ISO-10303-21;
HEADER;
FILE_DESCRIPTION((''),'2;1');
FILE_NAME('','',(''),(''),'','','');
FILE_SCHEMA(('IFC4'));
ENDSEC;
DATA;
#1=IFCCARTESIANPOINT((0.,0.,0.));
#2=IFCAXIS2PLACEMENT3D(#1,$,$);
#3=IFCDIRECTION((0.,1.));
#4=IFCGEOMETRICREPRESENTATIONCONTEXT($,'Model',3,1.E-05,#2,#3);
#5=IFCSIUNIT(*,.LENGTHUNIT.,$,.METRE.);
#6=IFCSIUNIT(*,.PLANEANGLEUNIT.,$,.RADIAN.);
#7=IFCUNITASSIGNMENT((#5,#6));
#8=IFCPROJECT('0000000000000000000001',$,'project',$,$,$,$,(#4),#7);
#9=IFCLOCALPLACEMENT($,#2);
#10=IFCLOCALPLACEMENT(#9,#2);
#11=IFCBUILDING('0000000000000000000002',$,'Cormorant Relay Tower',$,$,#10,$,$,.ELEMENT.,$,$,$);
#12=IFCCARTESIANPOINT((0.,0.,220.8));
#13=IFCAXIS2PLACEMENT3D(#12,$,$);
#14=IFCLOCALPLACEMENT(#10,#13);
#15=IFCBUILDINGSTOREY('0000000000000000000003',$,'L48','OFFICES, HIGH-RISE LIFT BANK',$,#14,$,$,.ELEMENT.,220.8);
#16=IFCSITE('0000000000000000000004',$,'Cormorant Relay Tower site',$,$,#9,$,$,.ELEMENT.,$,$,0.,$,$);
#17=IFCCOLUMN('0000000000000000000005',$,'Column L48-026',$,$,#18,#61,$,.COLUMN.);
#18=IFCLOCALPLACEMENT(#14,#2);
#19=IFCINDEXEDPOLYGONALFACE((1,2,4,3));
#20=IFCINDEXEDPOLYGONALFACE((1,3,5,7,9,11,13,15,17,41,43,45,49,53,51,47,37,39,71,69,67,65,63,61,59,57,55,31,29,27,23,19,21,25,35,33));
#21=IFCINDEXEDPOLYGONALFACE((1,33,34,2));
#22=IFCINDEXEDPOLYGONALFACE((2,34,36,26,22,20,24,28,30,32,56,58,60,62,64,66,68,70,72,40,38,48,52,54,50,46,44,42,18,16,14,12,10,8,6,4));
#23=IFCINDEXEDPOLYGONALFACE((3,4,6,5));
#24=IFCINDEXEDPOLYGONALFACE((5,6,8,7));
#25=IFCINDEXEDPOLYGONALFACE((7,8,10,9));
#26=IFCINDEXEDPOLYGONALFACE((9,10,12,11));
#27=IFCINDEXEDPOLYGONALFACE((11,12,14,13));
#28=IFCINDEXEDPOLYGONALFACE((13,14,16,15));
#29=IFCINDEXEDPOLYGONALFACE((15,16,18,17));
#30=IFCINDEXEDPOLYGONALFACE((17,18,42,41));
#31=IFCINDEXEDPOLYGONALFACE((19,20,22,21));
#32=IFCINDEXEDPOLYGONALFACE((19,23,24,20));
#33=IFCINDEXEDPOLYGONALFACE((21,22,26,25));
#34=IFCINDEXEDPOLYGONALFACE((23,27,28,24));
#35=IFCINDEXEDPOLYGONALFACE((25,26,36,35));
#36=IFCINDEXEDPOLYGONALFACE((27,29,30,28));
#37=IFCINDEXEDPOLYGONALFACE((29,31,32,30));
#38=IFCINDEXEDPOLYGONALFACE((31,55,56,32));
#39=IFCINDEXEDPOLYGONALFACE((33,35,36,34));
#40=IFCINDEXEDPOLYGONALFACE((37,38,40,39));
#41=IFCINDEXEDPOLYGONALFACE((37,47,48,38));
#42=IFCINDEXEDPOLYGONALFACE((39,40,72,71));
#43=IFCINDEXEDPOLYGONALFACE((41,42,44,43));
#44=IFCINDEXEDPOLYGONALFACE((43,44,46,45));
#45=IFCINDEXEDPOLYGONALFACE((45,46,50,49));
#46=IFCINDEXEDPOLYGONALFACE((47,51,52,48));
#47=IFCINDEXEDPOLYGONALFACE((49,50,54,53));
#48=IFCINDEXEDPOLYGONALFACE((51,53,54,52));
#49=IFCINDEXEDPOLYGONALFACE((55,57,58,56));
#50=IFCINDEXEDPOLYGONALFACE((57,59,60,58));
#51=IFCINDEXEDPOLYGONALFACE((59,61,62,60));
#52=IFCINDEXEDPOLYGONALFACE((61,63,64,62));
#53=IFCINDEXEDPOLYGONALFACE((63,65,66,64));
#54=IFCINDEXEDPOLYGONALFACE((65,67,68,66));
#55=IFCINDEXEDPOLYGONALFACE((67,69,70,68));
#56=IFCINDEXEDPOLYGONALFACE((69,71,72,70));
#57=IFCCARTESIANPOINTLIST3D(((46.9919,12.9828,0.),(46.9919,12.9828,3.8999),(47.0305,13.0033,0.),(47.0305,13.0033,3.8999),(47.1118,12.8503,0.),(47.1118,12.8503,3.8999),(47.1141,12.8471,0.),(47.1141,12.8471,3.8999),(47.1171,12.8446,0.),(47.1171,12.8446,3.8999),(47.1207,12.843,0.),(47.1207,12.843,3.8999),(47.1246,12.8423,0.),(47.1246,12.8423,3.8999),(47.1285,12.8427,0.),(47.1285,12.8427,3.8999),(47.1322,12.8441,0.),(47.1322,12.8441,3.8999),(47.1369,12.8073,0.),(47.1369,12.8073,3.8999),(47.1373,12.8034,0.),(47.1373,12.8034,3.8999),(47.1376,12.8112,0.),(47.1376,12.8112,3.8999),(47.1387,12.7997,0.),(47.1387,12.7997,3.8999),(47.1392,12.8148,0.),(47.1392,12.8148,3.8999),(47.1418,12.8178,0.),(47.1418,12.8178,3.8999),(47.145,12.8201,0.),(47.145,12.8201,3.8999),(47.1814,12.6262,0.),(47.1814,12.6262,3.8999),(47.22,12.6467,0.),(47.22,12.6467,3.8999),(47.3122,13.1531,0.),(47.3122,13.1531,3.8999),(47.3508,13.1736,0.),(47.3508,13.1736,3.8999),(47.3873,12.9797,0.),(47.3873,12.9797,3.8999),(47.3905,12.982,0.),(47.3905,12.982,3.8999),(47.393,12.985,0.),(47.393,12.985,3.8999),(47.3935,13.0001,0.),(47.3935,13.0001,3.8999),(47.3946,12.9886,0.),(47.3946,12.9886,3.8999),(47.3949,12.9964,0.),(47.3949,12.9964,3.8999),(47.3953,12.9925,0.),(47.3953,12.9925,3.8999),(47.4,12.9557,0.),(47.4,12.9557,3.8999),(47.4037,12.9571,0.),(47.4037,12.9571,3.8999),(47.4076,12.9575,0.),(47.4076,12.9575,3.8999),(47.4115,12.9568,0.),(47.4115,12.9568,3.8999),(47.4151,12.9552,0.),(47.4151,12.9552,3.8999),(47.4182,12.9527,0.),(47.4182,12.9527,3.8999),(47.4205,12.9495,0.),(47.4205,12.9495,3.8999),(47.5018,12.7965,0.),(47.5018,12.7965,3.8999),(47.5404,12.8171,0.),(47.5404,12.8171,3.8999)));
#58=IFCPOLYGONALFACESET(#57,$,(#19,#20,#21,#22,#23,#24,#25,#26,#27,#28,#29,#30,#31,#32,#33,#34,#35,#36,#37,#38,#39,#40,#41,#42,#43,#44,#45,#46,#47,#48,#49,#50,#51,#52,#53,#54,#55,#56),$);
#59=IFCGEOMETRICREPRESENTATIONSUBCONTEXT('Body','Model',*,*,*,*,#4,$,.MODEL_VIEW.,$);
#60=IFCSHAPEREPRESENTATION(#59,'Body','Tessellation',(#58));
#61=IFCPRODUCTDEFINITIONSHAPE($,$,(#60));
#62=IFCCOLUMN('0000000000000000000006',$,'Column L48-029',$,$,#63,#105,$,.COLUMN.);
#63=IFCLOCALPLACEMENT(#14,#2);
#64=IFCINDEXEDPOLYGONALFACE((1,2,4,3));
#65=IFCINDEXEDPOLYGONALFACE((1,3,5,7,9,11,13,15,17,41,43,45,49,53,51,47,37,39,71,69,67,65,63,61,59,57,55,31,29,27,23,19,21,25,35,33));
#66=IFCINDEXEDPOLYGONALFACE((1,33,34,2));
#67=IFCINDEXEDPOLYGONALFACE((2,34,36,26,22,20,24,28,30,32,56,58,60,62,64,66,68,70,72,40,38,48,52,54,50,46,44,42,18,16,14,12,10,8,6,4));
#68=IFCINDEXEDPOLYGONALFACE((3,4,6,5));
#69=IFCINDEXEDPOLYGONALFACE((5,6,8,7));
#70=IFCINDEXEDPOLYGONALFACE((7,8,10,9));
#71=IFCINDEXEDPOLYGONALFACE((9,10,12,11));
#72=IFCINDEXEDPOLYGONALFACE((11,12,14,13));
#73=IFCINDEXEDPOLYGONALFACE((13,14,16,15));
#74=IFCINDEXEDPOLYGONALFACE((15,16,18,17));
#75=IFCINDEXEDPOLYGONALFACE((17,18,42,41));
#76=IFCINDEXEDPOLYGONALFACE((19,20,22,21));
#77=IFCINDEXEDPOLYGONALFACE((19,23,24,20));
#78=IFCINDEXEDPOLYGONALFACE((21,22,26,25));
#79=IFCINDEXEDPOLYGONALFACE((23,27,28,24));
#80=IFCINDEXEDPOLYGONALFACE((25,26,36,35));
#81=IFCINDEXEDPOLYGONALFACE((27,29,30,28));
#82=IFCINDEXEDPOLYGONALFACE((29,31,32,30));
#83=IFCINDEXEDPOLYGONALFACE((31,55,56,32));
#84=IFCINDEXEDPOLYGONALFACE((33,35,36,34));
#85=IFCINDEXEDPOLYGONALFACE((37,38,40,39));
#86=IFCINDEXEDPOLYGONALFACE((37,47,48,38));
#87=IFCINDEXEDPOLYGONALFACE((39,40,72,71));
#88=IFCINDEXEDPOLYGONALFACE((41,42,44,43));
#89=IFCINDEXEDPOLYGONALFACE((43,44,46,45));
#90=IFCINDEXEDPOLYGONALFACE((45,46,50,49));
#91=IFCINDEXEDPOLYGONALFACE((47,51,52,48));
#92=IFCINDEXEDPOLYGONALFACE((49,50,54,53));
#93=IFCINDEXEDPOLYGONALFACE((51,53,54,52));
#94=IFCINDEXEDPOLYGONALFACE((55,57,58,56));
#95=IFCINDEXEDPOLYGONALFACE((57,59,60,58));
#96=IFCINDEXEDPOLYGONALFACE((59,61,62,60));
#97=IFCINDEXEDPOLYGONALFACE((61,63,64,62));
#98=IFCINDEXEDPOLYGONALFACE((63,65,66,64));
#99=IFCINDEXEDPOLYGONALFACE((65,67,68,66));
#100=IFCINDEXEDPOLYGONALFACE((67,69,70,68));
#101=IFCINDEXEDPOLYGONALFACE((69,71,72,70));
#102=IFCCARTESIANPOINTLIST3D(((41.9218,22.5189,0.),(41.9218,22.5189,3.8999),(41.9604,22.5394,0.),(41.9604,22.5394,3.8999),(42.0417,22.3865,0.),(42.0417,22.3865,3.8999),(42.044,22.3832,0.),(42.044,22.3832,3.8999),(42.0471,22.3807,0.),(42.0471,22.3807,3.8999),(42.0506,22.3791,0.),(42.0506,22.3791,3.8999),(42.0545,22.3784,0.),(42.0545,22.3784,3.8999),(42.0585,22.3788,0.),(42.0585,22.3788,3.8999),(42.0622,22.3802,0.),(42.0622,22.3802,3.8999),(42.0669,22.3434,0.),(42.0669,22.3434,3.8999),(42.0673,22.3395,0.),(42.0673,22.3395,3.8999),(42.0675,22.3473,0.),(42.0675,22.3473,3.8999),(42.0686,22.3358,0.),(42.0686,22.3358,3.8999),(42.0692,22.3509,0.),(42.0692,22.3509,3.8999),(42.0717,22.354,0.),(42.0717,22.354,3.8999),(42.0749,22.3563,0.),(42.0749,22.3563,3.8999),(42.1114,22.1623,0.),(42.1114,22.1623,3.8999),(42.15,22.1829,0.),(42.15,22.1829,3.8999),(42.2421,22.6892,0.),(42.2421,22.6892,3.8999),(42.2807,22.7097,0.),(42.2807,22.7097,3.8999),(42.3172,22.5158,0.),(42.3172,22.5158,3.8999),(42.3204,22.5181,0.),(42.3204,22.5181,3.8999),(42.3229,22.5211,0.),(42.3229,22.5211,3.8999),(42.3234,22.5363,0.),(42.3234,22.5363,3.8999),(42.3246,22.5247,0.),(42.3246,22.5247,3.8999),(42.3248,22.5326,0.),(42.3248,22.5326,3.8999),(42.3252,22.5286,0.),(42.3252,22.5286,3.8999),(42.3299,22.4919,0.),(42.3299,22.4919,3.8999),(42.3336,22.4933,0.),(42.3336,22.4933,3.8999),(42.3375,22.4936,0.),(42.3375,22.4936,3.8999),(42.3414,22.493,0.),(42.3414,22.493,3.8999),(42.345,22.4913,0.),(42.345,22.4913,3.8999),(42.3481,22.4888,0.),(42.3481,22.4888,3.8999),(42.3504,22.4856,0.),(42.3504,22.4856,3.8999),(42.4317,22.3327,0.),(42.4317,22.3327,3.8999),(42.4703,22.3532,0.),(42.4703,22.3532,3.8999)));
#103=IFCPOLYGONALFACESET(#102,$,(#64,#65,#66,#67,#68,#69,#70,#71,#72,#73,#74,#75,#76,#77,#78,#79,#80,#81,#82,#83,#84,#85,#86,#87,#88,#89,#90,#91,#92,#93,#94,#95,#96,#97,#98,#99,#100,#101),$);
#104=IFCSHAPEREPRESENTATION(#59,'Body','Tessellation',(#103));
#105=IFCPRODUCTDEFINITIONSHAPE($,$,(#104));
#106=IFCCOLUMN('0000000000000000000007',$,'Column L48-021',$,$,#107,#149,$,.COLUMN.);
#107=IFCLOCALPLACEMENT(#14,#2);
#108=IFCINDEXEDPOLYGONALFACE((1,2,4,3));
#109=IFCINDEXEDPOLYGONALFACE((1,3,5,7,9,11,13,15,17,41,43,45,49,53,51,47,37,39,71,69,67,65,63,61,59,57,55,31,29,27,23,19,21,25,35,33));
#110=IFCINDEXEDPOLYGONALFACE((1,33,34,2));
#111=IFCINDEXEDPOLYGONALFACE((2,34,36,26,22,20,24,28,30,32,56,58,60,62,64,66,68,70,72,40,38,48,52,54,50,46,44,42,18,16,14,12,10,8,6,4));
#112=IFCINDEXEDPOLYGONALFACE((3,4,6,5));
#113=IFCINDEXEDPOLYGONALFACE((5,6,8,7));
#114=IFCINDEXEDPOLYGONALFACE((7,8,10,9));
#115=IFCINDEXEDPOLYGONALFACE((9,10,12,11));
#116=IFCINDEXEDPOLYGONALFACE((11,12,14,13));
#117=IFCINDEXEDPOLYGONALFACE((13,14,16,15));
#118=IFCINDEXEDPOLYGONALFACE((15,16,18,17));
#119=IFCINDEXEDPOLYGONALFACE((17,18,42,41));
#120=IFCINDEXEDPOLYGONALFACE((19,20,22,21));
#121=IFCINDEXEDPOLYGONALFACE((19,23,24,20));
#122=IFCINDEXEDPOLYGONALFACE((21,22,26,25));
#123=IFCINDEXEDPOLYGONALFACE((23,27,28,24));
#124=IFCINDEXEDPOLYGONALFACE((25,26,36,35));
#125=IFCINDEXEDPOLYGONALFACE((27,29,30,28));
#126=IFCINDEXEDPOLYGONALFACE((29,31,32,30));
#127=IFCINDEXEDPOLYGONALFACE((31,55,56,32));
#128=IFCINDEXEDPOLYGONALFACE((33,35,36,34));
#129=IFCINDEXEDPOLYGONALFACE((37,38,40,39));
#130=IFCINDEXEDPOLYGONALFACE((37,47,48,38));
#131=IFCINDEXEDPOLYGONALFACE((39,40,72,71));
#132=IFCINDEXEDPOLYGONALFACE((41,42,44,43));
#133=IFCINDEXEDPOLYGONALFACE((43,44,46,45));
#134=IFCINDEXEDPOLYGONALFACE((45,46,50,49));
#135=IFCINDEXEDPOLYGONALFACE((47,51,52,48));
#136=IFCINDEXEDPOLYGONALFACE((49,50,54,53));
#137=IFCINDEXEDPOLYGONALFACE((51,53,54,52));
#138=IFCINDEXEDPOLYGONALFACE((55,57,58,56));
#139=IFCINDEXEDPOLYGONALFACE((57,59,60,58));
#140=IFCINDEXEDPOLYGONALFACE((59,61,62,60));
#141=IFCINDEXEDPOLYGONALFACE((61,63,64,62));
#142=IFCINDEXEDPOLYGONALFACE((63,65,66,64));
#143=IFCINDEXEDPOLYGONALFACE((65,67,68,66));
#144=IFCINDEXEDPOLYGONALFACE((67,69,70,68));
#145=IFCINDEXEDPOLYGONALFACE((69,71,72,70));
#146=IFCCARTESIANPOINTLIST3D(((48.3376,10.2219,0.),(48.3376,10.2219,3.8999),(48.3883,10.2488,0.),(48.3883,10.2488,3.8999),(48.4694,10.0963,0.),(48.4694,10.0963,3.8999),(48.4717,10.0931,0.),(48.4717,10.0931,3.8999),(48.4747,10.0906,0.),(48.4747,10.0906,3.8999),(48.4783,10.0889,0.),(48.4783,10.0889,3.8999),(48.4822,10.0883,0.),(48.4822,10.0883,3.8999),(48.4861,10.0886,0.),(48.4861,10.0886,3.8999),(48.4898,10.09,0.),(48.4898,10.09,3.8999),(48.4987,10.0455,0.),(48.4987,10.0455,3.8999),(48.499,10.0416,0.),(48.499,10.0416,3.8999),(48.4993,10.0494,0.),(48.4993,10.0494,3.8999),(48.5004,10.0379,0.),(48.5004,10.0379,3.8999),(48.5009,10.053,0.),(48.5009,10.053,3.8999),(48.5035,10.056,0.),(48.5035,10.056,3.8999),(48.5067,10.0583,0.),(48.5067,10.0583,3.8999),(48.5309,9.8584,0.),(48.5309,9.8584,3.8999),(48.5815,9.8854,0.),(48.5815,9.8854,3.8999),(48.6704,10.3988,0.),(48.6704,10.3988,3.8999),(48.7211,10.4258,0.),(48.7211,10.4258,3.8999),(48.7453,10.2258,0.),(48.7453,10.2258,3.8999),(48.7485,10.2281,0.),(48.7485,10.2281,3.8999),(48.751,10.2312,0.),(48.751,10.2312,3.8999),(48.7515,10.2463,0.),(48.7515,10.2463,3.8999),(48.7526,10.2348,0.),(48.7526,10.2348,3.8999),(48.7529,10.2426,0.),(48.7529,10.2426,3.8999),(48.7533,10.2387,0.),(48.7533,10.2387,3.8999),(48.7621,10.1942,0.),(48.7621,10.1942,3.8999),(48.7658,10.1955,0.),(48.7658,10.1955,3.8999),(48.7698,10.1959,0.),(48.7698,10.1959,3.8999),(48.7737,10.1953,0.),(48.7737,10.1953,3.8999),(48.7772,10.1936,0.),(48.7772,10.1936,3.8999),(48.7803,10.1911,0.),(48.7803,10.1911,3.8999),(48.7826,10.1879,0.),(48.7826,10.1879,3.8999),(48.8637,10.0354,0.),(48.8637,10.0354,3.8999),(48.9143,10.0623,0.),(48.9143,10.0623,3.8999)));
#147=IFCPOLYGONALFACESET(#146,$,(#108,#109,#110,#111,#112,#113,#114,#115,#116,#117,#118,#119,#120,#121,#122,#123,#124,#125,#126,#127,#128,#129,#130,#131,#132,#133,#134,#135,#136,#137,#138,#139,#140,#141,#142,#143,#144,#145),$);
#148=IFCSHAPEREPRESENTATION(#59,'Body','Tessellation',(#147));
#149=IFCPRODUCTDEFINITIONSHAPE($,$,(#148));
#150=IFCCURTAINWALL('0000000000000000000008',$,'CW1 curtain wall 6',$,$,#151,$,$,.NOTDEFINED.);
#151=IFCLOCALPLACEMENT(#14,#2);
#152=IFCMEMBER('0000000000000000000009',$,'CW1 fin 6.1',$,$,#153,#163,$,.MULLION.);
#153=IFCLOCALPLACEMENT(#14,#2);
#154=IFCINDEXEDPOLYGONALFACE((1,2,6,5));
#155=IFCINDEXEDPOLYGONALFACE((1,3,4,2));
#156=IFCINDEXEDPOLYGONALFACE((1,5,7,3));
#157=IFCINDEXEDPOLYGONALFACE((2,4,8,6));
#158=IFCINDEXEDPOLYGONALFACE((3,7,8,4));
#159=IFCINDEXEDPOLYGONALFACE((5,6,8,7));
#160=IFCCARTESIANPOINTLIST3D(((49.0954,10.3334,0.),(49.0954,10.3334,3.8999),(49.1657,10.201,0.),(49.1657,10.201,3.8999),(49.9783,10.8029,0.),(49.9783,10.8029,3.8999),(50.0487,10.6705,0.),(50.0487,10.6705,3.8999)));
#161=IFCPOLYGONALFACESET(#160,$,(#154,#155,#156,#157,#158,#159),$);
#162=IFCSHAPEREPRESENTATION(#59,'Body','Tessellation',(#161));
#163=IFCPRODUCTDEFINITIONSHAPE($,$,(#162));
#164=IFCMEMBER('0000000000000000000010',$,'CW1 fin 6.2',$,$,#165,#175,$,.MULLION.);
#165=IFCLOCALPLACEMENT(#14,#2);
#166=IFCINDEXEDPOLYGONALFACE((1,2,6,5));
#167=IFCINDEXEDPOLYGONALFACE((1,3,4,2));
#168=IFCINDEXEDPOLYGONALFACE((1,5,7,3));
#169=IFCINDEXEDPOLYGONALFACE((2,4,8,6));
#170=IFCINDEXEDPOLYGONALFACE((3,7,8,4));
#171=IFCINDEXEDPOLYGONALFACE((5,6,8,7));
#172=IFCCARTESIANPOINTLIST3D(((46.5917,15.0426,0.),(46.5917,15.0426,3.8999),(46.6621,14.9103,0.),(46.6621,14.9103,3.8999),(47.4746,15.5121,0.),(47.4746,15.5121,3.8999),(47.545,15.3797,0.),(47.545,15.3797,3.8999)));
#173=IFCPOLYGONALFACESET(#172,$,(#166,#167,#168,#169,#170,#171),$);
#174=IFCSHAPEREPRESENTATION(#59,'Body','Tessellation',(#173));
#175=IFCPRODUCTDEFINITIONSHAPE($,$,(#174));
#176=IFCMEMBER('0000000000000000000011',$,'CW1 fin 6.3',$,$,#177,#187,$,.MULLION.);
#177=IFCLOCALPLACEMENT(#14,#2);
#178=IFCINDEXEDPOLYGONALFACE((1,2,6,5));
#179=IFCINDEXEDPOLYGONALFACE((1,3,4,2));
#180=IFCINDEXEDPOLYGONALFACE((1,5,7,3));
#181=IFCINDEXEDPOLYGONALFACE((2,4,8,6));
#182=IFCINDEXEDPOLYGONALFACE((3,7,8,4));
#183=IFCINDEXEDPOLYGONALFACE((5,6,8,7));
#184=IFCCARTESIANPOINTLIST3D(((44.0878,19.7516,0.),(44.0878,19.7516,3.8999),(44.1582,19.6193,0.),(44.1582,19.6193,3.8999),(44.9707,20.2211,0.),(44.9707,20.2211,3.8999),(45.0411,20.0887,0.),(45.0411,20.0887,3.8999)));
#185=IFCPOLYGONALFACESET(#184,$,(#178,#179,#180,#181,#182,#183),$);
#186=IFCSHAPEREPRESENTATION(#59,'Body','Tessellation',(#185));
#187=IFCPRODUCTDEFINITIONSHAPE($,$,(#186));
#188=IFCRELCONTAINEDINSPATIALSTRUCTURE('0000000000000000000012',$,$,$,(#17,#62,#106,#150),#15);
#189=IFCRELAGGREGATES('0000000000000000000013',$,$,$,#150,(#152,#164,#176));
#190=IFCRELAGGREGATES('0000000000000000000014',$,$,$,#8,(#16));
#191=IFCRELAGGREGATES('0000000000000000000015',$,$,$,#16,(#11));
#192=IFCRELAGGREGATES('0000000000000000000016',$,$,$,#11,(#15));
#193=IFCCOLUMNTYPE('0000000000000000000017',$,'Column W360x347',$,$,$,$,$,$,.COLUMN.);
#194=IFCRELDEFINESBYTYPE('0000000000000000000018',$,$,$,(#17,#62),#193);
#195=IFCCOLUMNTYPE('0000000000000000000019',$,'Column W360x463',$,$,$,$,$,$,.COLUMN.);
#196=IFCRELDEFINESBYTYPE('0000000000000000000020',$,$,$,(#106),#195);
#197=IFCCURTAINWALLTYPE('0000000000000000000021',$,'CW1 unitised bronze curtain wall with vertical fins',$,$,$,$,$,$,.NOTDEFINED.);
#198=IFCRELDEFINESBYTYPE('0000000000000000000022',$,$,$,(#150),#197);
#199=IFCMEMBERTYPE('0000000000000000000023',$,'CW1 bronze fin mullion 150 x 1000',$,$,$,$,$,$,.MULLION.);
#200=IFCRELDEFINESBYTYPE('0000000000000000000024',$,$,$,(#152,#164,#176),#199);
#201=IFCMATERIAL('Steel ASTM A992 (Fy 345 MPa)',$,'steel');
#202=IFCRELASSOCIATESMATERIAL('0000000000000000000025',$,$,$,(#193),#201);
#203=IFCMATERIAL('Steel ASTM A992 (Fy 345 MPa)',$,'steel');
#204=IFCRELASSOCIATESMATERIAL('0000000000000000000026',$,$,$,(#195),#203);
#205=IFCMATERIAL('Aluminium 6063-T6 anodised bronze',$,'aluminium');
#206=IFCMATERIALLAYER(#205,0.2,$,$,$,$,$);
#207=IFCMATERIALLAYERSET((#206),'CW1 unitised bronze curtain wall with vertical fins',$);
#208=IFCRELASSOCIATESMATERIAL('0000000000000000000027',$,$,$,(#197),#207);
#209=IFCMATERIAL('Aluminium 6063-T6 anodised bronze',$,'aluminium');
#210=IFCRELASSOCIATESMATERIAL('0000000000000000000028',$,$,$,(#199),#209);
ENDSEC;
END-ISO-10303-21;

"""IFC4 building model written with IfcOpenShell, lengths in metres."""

from ifc_helpers import new_model, si_unit, direction, frame, origin, origin_2d, place, context, subcontext, project, spatial, rectangle, i_section, extrude, material, layer, layer_set, material_profile, profile_set, type_object, element, aggregate, save


model = new_model("IFC4")

# Units and contexts
model_context = context("Model", 3, precision=1e-05, world=origin(), true_north=direction((0.0, 1.0)))
body_context = subcontext(model_context, "Body", "Model", "MODEL_VIEW")
ifc_project = project(units=[si_unit("LENGTHUNIT", "METRE"), si_unit("PLANEANGLEUNIT", "RADIAN")], contexts=[model_context])

# Site, building, storey
site_placement = place(None, origin())
site = spatial("IfcSite", under=ifc_project, at=site_placement, Name="Cormorant Relay Tower site", CompositionType="ELEMENT", RefElevation=0.0)
building_placement = place(site_placement, origin())
building = spatial("IfcBuilding", under=site, at=building_placement, Name="Cormorant Relay Tower", CompositionType="ELEMENT")
storey_placement = place(building_placement, frame((0.0, 0.0, 220.8)))
storey = spatial("IfcBuildingStorey", under=building, at=storey_placement, Name="L48", Description="OFFICES, HIGH-RISE LIFT BANK", CompositionType="ELEMENT", Elevation=220.8)

# Columns
ifc_material_1 = material(Name="Steel ASTM A992 (Fy 345 MPa)", Category="steel")
ifc_material_profile_1 = material_profile(ifc_material_1, i_section(OverallWidth=0.4038, OverallDepth=0.4065, WebThickness=0.0271, FlangeThickness=0.0437, FilletRadius=0.0151, at=origin_2d()), Name="W360x347")
ifc_profile_set_1 = profile_set([ifc_material_profile_1], Name="Steel ASTM A992 (Fy 345 MPa)")
column_type_1 = type_object("IfcColumnType", Name="Column W360x347", PredefinedType="COLUMN", material=ifc_profile_set_1)
for number, where, z_axis, x_axis, name in (
    (1, (47.2661, 12.8999, 0.0), (0.0, 0.0, 1.0), (-0.469472, 0.882948, 0.0), "Column L48-026"),
    (2, (42.196, 22.436, 0.0), (0.0, 0.0, 1.0), (-0.469472, 0.882948, 0.0), "Column L48-029"),
):
    element("IfcColumn", number, at=place(storey_placement, frame(where, z_axis=z_axis, x_axis=x_axis)), inside=storey, type_object=column_type_1, Name=name, PredefinedType="COLUMN", context=body_context, shape_type="SweptSolid", body=[
        extrude(i_section(OverallWidth=0.4038, OverallDepth=0.4065, WebThickness=0.0271, FlangeThickness=0.0437, FilletRadius=0.0151, at=origin_2d()), origin(), (0.0, 0.0, 1.0), 3.8999),
    ])
ifc_material_2 = material(Name="Steel ASTM A992 (Fy 345 MPa)", Category="steel")
ifc_material_profile_2 = material_profile(ifc_material_2, i_section(OverallWidth=0.4116, OverallDepth=0.4343, WebThickness=0.0359, FlangeThickness=0.0574, FilletRadius=0.0151, at=origin_2d()), Name="W360x463")
ifc_profile_set_2 = profile_set([ifc_material_profile_2], Name="Steel ASTM A992 (Fy 345 MPa)")
column_type_2 = type_object("IfcColumnType", Name="Column W360x463", PredefinedType="COLUMN", material=ifc_profile_set_2)
column_placement = place(storey_placement, frame((48.626, 10.1421, 0.0), z_axis=(0.0, 0.0, 1.0), x_axis=(-0.469472, 0.882948, 0.0)))
element("IfcColumn", 3, at=column_placement, inside=storey, type_object=column_type_2, Name="Column L48-021", PredefinedType="COLUMN", context=body_context, shape_type="SweptSolid", body=[
    extrude(i_section(OverallWidth=0.4116, OverallDepth=0.4343, WebThickness=0.0359, FlangeThickness=0.0574, FilletRadius=0.0151, at=origin_2d()), origin(), (0.0, 0.0, 1.0), 3.8999),
])

# Curtain wall, members
ifc_material_3 = material(Name="Aluminium 6063-T6 anodised bronze", Category="aluminium")
ifc_layer_1 = layer(ifc_material_3, 0.2)
ifc_layer_set_1 = layer_set([ifc_layer_1], Name="CW1 unitised bronze curtain wall with vertical fins")
curtain_wall_type = type_object("IfcCurtainWallType", Name="CW1 unitised bronze curtain wall with vertical fins", PredefinedType="NOTDEFINED", material=ifc_layer_set_1)
curtain_wall_1_placement = place(storey_placement, origin())
curtain_wall_1 = element("IfcCurtainWall", 4, at=curtain_wall_1_placement, inside=storey, type_object=curtain_wall_type, Name="CW1 curtain wall 6", PredefinedType="NOTDEFINED")
ifc_material_4 = material(Name="Aluminium 6063-T6 anodised bronze", Category="aluminium")
ifc_material_profile_3 = material_profile(ifc_material_4, rectangle(XDim=0.1499, YDim=1.0, at=origin_2d()), Name="AL 150x1000")
ifc_profile_set_3 = profile_set([ifc_material_profile_3], Name="Aluminium 6063-T6 anodised bronze")
member_type_1 = type_object("IfcMemberType", Name="CW1 bronze fin mullion 150 x 1000", PredefinedType="MULLION", material=ifc_profile_set_3)
member_1_placement = place(storey_placement, frame((49.572, 10.502, 0.0), z_axis=(0.0, 0.0, 1.0), x_axis=(-0.469472, 0.882948, 0.0)))
member_1 = element("IfcMember", 5, at=member_1_placement, type_object=member_type_1, Name="CW1 fin 6.1", PredefinedType="MULLION", context=body_context, shape_type="SweptSolid", body=[
    extrude(rectangle(XDim=0.1499, YDim=1.0, at=origin_2d()), origin(), (0.0, 0.0, 1.0), 3.8999),
])
member_2_placement = place(storey_placement, frame((47.0684, 15.2112, 0.0), z_axis=(0.0, 0.0, 1.0), x_axis=(-0.469472, 0.882948, 0.0)))
member_2 = element("IfcMember", 6, at=member_2_placement, type_object=member_type_1, Name="CW1 fin 6.2", PredefinedType="MULLION", context=body_context, shape_type="SweptSolid", body=[
    extrude(rectangle(XDim=0.1499, YDim=1.0, at=origin_2d()), origin(), (0.0, 0.0, 1.0), 3.8999),
])
member_3_placement = place(storey_placement, frame((44.5645, 19.9202, 0.0), z_axis=(0.0, 0.0, 1.0), x_axis=(-0.469472, 0.882948, 0.0)))
member_3 = element("IfcMember", 7, at=member_3_placement, type_object=member_type_1, Name="CW1 fin 6.3", PredefinedType="MULLION", context=body_context, shape_type="SweptSolid", body=[
    extrude(rectangle(XDim=0.1499, YDim=1.0, at=origin_2d()), origin(), (0.0, 0.0, 1.0), 3.8999),
])

aggregate(curtain_wall_1, [member_1, member_2, member_3])

save(model, "model.ifc")
